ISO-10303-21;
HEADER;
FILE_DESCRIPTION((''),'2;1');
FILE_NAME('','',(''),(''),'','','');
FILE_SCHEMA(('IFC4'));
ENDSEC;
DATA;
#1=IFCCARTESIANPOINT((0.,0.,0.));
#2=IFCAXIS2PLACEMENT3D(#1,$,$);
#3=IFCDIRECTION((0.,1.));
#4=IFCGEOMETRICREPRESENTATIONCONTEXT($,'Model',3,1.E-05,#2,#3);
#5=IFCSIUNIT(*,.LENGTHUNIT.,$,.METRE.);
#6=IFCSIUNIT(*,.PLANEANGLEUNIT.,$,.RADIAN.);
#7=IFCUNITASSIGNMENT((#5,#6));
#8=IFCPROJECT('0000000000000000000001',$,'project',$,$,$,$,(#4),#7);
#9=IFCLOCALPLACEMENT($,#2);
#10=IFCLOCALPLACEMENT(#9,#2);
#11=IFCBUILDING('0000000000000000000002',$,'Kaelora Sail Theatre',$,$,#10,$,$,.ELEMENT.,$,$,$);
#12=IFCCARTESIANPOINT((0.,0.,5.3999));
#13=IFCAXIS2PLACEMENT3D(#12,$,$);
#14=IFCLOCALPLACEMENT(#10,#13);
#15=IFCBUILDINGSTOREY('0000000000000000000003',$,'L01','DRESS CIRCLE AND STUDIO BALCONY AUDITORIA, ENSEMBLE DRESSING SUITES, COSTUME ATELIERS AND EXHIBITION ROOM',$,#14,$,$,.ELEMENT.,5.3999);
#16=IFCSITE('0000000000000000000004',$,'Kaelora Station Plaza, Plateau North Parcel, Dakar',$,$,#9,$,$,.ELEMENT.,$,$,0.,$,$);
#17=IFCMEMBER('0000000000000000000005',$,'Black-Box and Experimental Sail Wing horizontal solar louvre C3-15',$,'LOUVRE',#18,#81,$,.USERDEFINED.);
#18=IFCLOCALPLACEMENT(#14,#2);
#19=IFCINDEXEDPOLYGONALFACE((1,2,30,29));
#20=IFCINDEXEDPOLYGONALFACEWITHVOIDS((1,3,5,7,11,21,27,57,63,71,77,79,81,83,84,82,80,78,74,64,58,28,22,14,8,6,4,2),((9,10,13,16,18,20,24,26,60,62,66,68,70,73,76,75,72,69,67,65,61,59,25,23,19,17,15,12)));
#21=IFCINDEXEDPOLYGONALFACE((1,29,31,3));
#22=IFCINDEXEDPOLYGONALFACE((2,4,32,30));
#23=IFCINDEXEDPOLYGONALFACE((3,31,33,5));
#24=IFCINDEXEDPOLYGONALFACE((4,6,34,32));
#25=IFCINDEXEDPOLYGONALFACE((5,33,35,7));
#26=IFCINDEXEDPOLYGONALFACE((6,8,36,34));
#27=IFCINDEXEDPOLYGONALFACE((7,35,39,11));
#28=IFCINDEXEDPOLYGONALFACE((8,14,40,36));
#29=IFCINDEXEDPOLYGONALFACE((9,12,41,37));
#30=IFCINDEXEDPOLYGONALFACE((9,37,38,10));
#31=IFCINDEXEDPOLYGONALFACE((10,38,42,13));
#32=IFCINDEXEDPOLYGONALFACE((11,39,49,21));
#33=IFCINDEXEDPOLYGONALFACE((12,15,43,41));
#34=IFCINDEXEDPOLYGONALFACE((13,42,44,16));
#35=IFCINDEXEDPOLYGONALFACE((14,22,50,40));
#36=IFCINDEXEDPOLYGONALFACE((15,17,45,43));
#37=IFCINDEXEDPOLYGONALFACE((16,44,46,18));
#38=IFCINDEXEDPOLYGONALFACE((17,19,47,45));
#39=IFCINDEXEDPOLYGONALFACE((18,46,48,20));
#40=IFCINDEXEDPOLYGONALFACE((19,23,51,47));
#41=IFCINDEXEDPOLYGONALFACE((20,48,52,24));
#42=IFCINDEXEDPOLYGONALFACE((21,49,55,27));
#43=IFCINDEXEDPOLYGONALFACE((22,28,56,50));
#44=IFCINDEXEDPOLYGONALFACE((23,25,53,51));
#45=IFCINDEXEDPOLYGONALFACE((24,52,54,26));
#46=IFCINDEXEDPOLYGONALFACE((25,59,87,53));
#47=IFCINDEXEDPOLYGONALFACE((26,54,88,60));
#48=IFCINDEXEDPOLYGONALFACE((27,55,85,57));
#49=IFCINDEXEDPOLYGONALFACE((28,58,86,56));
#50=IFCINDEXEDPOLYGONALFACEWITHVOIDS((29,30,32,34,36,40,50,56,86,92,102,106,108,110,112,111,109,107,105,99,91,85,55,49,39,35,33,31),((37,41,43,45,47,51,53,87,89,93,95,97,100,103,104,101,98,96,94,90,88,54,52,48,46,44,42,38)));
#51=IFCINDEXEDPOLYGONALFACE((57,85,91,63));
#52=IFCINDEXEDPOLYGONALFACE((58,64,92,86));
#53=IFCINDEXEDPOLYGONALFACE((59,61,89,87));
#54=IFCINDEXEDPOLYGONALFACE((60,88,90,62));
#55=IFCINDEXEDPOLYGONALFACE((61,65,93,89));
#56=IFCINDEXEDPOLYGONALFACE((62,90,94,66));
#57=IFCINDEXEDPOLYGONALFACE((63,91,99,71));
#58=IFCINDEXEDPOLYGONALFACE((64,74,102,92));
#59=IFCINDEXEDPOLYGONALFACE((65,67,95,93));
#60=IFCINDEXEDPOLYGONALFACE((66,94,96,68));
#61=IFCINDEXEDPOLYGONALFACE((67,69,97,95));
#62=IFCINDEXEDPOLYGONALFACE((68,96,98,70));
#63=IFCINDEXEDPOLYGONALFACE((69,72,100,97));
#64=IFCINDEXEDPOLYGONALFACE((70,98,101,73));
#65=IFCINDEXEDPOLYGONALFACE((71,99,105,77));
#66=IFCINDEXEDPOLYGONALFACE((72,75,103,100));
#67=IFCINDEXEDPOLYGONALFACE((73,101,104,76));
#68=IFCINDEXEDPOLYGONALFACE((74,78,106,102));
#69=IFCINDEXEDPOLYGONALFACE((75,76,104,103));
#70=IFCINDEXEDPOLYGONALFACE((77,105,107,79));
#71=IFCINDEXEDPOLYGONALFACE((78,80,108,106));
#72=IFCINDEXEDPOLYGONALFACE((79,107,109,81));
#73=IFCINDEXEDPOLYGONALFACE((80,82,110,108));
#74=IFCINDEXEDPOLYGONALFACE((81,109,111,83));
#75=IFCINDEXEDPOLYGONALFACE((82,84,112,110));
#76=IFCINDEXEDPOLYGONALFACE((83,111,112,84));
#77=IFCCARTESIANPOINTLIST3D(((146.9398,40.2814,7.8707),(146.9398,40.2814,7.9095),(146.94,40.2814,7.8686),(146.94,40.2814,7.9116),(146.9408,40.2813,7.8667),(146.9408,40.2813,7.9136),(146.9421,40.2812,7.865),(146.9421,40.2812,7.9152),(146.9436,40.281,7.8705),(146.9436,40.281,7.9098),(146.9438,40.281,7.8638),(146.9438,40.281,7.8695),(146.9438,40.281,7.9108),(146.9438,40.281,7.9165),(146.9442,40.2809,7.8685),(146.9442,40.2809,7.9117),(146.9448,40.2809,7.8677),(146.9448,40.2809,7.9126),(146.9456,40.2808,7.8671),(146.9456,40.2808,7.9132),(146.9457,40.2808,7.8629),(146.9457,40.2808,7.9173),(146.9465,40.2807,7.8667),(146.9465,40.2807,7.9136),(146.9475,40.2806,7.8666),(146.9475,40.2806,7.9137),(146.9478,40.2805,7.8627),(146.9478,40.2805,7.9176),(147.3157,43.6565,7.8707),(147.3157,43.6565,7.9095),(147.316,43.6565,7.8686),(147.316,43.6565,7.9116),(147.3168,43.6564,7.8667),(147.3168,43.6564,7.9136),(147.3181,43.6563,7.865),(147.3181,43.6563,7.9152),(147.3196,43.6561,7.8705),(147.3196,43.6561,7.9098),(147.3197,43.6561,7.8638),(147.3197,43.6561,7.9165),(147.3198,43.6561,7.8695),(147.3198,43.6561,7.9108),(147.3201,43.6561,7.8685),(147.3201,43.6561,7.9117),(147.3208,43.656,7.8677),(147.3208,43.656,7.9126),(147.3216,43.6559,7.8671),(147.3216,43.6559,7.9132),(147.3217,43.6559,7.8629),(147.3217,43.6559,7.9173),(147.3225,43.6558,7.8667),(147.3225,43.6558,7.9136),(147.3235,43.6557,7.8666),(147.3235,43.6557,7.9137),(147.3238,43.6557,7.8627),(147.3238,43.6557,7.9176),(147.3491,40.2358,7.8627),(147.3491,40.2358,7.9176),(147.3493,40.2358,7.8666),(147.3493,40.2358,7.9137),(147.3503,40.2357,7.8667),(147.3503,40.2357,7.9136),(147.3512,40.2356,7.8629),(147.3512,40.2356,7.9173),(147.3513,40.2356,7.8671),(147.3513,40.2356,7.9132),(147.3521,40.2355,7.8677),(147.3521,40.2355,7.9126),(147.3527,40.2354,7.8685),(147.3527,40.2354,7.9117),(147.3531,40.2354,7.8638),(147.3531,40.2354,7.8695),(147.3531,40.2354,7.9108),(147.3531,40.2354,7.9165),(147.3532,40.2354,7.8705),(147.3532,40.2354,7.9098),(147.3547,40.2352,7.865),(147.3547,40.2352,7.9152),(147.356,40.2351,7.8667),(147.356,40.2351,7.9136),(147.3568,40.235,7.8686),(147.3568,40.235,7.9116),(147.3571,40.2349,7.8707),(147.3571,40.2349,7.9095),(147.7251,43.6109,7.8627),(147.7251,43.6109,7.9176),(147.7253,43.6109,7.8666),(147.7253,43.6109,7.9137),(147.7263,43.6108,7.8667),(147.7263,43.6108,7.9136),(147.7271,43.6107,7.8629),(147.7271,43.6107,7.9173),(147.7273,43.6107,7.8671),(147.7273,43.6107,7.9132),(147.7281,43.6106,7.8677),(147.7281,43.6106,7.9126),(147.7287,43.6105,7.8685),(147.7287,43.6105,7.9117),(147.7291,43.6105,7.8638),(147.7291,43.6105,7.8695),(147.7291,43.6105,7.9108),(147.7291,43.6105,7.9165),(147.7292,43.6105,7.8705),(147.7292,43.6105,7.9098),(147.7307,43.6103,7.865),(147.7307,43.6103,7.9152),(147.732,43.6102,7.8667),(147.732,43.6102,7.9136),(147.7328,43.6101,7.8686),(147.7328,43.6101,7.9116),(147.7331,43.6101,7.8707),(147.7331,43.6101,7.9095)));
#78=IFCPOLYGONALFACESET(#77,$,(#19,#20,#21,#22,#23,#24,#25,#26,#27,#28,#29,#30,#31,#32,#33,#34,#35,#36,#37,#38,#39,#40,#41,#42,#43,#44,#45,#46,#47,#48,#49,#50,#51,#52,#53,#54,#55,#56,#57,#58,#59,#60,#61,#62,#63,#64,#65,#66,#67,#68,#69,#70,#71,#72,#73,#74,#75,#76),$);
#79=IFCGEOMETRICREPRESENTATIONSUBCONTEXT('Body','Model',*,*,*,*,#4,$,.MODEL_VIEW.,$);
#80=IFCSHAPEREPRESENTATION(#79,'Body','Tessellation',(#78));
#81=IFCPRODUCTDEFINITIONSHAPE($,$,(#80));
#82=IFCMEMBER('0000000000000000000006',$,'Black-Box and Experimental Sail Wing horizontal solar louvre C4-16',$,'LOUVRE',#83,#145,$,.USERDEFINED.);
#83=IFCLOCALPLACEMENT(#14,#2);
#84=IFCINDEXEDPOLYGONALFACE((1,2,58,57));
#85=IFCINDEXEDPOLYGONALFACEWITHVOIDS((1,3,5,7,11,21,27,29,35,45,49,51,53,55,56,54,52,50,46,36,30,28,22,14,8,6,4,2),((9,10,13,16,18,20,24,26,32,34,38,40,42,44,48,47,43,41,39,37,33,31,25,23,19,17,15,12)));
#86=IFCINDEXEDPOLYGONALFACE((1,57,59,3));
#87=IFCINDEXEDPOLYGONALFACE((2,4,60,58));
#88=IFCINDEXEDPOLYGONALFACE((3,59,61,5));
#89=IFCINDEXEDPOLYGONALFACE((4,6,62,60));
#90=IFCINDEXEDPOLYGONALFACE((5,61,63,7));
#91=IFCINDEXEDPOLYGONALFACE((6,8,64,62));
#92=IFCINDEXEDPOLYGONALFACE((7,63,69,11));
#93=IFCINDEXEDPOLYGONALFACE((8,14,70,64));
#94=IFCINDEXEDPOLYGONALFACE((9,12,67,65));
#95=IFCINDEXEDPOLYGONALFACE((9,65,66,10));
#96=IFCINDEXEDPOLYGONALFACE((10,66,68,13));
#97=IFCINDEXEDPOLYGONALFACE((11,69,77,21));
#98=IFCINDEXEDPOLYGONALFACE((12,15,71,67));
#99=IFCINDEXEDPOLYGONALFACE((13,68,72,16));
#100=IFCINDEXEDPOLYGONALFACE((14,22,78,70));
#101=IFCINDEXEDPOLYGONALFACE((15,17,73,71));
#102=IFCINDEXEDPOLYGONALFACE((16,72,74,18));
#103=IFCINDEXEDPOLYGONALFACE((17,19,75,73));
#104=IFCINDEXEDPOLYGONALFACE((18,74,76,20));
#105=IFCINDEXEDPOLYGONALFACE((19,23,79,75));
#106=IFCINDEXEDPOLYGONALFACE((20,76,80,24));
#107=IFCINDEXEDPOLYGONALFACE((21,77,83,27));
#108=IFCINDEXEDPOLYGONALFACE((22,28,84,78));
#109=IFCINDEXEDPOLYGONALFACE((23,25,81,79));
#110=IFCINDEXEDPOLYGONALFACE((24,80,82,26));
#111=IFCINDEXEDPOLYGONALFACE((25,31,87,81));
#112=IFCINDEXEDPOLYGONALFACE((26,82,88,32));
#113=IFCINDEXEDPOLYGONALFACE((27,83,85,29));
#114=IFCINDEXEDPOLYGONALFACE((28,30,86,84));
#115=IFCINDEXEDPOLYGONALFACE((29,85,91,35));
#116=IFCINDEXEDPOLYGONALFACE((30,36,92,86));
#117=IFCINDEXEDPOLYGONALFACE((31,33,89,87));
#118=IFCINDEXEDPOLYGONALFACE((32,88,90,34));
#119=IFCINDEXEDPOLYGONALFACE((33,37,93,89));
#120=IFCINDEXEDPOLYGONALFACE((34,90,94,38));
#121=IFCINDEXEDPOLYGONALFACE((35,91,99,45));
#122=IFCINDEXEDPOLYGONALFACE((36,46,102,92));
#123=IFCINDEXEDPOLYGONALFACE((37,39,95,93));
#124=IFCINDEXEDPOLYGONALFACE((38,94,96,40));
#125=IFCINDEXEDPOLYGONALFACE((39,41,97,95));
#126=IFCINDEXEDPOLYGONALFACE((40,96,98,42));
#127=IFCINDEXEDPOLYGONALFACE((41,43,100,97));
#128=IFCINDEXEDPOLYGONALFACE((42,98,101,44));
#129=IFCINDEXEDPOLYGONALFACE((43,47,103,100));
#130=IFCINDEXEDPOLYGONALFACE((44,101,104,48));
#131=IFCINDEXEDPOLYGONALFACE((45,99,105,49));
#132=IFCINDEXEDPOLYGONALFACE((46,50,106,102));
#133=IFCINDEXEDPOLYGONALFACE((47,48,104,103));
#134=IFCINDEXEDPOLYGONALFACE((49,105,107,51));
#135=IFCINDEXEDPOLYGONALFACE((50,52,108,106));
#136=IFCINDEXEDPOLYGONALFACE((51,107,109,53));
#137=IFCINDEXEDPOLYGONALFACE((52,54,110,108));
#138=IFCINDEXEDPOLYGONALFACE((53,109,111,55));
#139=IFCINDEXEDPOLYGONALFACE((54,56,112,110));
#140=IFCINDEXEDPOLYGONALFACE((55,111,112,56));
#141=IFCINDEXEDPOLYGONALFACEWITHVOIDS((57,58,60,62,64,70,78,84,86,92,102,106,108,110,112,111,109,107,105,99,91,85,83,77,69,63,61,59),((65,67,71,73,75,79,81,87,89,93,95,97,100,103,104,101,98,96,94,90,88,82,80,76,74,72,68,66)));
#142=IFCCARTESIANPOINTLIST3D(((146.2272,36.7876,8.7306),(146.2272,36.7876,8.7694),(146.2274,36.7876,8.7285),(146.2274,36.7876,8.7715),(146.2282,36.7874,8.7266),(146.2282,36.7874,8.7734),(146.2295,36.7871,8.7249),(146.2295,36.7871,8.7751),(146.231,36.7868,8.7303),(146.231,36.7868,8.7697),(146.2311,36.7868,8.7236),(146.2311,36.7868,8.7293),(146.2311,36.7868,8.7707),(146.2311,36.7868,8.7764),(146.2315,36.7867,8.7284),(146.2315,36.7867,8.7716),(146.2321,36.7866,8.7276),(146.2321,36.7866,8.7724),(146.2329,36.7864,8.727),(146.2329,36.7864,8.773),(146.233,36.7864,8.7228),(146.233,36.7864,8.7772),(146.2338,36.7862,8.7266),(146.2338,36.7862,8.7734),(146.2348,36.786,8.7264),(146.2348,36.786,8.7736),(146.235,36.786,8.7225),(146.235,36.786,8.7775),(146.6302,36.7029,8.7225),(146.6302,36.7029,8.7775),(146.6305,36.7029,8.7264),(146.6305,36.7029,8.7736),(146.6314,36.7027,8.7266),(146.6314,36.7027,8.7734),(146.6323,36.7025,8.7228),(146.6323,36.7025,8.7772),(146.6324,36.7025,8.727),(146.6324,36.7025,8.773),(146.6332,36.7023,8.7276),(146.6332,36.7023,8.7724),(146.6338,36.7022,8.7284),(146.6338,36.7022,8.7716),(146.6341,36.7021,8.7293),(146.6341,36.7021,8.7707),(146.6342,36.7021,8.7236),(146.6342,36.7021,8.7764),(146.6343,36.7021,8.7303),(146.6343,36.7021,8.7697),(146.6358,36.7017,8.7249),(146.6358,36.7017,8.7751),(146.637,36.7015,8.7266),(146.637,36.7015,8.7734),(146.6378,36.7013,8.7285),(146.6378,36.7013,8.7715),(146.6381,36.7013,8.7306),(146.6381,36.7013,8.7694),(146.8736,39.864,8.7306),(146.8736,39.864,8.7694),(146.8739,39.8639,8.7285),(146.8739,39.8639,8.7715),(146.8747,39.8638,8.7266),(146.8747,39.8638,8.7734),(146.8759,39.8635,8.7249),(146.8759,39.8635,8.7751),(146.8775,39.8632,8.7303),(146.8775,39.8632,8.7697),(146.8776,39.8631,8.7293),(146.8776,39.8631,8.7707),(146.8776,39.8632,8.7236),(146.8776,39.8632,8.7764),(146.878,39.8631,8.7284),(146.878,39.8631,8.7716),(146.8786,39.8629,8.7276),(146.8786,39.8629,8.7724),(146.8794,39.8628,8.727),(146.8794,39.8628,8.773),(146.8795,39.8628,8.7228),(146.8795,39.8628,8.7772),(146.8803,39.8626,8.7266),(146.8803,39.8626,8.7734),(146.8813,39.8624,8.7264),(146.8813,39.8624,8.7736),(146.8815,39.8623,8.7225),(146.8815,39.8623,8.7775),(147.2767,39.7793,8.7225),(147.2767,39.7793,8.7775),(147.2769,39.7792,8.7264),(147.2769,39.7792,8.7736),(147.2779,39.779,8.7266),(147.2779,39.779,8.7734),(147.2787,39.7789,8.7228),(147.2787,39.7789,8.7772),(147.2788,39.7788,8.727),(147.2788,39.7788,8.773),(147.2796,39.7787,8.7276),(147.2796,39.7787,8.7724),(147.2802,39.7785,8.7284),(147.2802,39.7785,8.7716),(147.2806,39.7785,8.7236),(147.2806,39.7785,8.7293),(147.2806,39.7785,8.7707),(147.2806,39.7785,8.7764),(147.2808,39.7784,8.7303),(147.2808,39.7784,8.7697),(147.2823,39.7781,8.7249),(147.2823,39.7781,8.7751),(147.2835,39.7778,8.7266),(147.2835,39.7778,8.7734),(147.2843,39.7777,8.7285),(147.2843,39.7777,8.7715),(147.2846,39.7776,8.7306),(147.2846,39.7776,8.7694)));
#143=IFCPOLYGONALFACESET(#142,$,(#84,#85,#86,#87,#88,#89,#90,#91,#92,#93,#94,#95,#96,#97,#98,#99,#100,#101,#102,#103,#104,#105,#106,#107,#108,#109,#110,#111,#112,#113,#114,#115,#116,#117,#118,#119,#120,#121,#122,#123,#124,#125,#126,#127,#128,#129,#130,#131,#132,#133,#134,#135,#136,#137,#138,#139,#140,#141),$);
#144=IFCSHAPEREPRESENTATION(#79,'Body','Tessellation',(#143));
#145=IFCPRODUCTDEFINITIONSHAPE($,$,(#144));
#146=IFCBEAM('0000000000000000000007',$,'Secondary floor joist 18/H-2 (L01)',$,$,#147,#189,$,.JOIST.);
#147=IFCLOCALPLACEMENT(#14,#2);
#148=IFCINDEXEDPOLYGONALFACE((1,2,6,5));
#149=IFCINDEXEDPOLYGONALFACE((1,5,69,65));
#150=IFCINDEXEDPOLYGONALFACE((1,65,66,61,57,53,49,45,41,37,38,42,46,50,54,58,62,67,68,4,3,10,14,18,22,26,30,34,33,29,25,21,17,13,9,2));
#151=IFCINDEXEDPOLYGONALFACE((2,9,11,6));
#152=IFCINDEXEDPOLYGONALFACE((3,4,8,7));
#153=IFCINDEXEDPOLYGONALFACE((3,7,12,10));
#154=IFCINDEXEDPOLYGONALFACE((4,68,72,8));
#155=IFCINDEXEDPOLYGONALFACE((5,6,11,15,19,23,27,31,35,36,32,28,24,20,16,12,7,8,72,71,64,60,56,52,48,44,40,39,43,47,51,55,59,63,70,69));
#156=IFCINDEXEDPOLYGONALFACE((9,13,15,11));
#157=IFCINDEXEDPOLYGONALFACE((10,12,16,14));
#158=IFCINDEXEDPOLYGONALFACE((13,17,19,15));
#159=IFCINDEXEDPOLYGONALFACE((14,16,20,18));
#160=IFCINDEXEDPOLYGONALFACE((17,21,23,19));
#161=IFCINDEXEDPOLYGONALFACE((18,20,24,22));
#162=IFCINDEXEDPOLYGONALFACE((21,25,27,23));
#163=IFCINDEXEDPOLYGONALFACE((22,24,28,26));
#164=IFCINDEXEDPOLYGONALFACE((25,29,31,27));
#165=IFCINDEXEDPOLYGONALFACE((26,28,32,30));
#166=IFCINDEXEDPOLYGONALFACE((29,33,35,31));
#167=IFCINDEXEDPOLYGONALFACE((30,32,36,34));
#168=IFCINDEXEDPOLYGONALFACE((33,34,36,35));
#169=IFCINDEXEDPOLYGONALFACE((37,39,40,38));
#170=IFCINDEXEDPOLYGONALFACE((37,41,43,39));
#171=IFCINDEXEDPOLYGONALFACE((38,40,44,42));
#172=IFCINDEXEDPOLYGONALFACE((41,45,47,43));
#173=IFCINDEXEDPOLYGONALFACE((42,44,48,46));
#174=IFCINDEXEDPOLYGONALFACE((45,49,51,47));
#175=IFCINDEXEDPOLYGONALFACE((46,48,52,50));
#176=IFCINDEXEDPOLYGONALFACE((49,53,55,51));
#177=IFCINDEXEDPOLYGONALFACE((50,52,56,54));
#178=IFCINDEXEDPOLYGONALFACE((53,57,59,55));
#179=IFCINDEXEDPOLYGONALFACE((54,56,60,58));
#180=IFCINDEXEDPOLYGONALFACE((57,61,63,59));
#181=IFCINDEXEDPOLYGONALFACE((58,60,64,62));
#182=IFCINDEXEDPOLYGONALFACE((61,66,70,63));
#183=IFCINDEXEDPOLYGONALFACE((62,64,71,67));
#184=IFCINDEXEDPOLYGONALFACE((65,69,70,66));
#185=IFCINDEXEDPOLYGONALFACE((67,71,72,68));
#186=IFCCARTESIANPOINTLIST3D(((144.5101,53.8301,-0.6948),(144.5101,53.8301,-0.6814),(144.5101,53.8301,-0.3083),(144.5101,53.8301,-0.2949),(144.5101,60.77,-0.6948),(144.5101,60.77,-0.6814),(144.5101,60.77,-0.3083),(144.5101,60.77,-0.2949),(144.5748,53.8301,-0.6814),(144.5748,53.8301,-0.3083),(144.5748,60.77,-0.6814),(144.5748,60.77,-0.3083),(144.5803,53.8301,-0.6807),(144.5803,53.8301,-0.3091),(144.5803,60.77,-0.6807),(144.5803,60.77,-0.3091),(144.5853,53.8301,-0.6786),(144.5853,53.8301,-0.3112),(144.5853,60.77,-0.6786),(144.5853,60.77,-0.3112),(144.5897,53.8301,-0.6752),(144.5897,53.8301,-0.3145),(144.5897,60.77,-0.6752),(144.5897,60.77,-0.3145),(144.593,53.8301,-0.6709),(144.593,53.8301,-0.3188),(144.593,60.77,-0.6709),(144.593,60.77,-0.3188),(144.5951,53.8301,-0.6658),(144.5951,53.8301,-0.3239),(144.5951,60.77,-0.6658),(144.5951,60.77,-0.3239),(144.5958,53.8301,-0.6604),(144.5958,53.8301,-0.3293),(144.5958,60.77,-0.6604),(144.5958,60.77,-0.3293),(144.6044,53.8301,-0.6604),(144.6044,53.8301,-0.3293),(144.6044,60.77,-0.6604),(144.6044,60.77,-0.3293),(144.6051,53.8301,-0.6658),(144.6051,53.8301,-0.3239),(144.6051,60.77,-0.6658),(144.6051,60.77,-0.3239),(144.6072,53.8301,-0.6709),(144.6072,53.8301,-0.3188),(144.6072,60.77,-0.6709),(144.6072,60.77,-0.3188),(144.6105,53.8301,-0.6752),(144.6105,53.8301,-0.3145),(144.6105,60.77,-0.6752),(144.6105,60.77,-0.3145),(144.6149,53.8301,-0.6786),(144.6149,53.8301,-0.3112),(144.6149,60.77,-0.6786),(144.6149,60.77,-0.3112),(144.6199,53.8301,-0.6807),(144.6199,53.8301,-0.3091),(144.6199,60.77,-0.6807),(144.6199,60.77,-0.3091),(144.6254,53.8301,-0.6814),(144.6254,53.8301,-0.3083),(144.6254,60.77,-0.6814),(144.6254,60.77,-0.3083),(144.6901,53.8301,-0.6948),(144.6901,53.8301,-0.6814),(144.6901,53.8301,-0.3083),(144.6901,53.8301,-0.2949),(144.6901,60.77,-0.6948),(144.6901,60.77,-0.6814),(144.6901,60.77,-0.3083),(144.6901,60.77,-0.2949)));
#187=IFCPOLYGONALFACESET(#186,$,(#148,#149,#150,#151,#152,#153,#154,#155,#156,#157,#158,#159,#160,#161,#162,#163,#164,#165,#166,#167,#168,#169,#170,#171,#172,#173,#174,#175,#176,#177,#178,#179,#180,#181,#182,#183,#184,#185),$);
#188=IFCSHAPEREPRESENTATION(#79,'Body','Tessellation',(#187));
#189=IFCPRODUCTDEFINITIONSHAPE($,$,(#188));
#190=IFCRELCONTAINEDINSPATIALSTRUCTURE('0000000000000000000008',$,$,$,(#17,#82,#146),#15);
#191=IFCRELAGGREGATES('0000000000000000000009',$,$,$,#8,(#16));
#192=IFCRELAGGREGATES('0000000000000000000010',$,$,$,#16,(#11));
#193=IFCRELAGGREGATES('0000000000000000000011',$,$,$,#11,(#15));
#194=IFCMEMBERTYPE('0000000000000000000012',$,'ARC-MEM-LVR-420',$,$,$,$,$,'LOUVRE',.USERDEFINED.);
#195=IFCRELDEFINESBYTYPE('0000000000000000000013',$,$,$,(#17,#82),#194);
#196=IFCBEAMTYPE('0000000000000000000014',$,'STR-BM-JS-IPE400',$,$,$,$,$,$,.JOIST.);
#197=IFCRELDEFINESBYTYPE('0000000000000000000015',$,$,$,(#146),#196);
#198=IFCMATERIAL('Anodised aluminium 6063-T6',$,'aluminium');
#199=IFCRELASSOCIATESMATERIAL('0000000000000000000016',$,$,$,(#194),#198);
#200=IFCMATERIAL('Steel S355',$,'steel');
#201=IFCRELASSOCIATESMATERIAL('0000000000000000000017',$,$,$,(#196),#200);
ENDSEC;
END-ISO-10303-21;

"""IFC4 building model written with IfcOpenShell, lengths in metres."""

from ifc_helpers import new_model, si_unit, direction, frame, origin, origin_2d, place, context, subcontext, project, spatial, hollow_rectangle, i_section, extrude, material, material_profile, profile_set, type_object, element, save


model = new_model("IFC4")

# Units and contexts
model_context = context("Model", 3, precision=1e-05, world=origin(), true_north=direction((0.0, 1.0)))
body_context = subcontext(model_context, "Body", "Model", "MODEL_VIEW")
ifc_project = project(units=[si_unit("LENGTHUNIT", "METRE"), si_unit("PLANEANGLEUNIT", "RADIAN")], contexts=[model_context])

# Site, building, storey
site_placement = place(None, origin())
site = spatial("IfcSite", under=ifc_project, at=site_placement, Name="Kaelora Station Plaza, Plateau North Parcel, Dakar", CompositionType="ELEMENT", RefElevation=0.0)
building_placement = place(site_placement, origin())
building = spatial("IfcBuilding", under=site, at=building_placement, Name="Kaelora Sail Theatre", CompositionType="ELEMENT")
storey_placement = place(building_placement, frame((0.0, 0.0, 5.3999)))
storey = spatial("IfcBuildingStorey", under=building, at=storey_placement, Name="L01", Description="DRESS CIRCLE AND STUDIO BALCONY AUDITORIA, ENSEMBLE DRESSING SUITES, COSTUME ATELIERS AND EXHIBITION ROOM", CompositionType="ELEMENT", Elevation=5.3999)

# Members
ifc_material_1 = material(Name="Anodised aluminium 6063-T6", Category="aluminium")
ifc_material_profile_1 = material_profile(ifc_material_1, hollow_rectangle(XDim=0.4199, YDim=0.0549, WallThickness=0.0039, InnerFilletRadius=0.0039, OuterFilletRadius=0.0081, at=origin_2d()), Name="LOUVRE 420x55x4")
ifc_profile_set_1 = profile_set([ifc_material_profile_1], Name="Anodised aluminium 6063-T6")
member_type = type_object("IfcMemberType", Name="ARC-MEM-LVR-420", ElementType="LOUVRE", PredefinedType="USERDEFINED", material=ifc_profile_set_1)
for number, where, z_axis, x_axis, name in (
    (1, (147.5244, 43.6333, 7.8901), (-0.110716, -0.993852, 0.0), (0.993852, -0.110716, 0.0), "Black-Box and Experimental Sail Wing horizontal solar louvre C3-15"),
):
    element("IfcMember", number, at=place(storey_placement, frame(where, z_axis=z_axis, x_axis=x_axis)), inside=storey, type_object=member_type, Name=name, ObjectType="LOUVRE", PredefinedType="USERDEFINED", context=body_context, shape_type="SweptSolid", body=[
        extrude(hollow_rectangle(XDim=0.4199, YDim=0.0549, WallThickness=0.0039, InnerFilletRadius=0.0039, OuterFilletRadius=0.0081, at=origin_2d()), origin(), (0.0, 0.0, 1.0), 3.396),
    ])
member_placement = place(storey_placement, frame((147.0791, 39.8208, 8.75), z_axis=(-0.20565, -0.978626, 0.0), x_axis=(0.978626, -0.20565, 0.0)))
element("IfcMember", 2, at=member_placement, inside=storey, type_object=member_type, Name="Black-Box and Experimental Sail Wing horizontal solar louvre C4-16", ObjectType="LOUVRE", PredefinedType="USERDEFINED", context=body_context, shape_type="SweptSolid", body=[
    extrude(hollow_rectangle(XDim=0.4199, YDim=0.0549, WallThickness=0.0039, InnerFilletRadius=0.0039, OuterFilletRadius=0.0081, at=origin_2d()), origin(), (0.0, 0.0, 1.0), 3.1436),
])

# Beam
ifc_material_2 = material(Name="Steel S355", Category="steel")
ifc_material_profile_2 = material_profile(ifc_material_2, i_section(OverallWidth=0.1799, OverallDepth=0.3999, WebThickness=0.0085, FlangeThickness=0.0134, FilletRadius=0.021, at=origin_2d()), Name="IPE 400")
ifc_profile_set_2 = profile_set([ifc_material_profile_2], Name="Steel S355")
beam_type = type_object("IfcBeamType", Name="STR-BM-JS-IPE400", PredefinedType="JOIST", material=ifc_profile_set_2)
beam_placement = place(storey_placement, frame((144.6001, 53.8301, -0.4949), z_axis=(0.0, 1.0, 0.0), x_axis=(-1.0, 0.0, 0.0)))
element("IfcBeam", 3, at=beam_placement, inside=storey, type_object=beam_type, Name="Secondary floor joist 18/H-2 (L01)", PredefinedType="JOIST", context=body_context, shape_type="SweptSolid", body=[
    extrude(i_section(OverallWidth=0.1799, OverallDepth=0.3999, WebThickness=0.0085, FlangeThickness=0.0134, FilletRadius=0.021, at=origin_2d()), origin(), (0.0, 0.0, 1.0), 6.9399),
])

save(model, "model.ifc")
